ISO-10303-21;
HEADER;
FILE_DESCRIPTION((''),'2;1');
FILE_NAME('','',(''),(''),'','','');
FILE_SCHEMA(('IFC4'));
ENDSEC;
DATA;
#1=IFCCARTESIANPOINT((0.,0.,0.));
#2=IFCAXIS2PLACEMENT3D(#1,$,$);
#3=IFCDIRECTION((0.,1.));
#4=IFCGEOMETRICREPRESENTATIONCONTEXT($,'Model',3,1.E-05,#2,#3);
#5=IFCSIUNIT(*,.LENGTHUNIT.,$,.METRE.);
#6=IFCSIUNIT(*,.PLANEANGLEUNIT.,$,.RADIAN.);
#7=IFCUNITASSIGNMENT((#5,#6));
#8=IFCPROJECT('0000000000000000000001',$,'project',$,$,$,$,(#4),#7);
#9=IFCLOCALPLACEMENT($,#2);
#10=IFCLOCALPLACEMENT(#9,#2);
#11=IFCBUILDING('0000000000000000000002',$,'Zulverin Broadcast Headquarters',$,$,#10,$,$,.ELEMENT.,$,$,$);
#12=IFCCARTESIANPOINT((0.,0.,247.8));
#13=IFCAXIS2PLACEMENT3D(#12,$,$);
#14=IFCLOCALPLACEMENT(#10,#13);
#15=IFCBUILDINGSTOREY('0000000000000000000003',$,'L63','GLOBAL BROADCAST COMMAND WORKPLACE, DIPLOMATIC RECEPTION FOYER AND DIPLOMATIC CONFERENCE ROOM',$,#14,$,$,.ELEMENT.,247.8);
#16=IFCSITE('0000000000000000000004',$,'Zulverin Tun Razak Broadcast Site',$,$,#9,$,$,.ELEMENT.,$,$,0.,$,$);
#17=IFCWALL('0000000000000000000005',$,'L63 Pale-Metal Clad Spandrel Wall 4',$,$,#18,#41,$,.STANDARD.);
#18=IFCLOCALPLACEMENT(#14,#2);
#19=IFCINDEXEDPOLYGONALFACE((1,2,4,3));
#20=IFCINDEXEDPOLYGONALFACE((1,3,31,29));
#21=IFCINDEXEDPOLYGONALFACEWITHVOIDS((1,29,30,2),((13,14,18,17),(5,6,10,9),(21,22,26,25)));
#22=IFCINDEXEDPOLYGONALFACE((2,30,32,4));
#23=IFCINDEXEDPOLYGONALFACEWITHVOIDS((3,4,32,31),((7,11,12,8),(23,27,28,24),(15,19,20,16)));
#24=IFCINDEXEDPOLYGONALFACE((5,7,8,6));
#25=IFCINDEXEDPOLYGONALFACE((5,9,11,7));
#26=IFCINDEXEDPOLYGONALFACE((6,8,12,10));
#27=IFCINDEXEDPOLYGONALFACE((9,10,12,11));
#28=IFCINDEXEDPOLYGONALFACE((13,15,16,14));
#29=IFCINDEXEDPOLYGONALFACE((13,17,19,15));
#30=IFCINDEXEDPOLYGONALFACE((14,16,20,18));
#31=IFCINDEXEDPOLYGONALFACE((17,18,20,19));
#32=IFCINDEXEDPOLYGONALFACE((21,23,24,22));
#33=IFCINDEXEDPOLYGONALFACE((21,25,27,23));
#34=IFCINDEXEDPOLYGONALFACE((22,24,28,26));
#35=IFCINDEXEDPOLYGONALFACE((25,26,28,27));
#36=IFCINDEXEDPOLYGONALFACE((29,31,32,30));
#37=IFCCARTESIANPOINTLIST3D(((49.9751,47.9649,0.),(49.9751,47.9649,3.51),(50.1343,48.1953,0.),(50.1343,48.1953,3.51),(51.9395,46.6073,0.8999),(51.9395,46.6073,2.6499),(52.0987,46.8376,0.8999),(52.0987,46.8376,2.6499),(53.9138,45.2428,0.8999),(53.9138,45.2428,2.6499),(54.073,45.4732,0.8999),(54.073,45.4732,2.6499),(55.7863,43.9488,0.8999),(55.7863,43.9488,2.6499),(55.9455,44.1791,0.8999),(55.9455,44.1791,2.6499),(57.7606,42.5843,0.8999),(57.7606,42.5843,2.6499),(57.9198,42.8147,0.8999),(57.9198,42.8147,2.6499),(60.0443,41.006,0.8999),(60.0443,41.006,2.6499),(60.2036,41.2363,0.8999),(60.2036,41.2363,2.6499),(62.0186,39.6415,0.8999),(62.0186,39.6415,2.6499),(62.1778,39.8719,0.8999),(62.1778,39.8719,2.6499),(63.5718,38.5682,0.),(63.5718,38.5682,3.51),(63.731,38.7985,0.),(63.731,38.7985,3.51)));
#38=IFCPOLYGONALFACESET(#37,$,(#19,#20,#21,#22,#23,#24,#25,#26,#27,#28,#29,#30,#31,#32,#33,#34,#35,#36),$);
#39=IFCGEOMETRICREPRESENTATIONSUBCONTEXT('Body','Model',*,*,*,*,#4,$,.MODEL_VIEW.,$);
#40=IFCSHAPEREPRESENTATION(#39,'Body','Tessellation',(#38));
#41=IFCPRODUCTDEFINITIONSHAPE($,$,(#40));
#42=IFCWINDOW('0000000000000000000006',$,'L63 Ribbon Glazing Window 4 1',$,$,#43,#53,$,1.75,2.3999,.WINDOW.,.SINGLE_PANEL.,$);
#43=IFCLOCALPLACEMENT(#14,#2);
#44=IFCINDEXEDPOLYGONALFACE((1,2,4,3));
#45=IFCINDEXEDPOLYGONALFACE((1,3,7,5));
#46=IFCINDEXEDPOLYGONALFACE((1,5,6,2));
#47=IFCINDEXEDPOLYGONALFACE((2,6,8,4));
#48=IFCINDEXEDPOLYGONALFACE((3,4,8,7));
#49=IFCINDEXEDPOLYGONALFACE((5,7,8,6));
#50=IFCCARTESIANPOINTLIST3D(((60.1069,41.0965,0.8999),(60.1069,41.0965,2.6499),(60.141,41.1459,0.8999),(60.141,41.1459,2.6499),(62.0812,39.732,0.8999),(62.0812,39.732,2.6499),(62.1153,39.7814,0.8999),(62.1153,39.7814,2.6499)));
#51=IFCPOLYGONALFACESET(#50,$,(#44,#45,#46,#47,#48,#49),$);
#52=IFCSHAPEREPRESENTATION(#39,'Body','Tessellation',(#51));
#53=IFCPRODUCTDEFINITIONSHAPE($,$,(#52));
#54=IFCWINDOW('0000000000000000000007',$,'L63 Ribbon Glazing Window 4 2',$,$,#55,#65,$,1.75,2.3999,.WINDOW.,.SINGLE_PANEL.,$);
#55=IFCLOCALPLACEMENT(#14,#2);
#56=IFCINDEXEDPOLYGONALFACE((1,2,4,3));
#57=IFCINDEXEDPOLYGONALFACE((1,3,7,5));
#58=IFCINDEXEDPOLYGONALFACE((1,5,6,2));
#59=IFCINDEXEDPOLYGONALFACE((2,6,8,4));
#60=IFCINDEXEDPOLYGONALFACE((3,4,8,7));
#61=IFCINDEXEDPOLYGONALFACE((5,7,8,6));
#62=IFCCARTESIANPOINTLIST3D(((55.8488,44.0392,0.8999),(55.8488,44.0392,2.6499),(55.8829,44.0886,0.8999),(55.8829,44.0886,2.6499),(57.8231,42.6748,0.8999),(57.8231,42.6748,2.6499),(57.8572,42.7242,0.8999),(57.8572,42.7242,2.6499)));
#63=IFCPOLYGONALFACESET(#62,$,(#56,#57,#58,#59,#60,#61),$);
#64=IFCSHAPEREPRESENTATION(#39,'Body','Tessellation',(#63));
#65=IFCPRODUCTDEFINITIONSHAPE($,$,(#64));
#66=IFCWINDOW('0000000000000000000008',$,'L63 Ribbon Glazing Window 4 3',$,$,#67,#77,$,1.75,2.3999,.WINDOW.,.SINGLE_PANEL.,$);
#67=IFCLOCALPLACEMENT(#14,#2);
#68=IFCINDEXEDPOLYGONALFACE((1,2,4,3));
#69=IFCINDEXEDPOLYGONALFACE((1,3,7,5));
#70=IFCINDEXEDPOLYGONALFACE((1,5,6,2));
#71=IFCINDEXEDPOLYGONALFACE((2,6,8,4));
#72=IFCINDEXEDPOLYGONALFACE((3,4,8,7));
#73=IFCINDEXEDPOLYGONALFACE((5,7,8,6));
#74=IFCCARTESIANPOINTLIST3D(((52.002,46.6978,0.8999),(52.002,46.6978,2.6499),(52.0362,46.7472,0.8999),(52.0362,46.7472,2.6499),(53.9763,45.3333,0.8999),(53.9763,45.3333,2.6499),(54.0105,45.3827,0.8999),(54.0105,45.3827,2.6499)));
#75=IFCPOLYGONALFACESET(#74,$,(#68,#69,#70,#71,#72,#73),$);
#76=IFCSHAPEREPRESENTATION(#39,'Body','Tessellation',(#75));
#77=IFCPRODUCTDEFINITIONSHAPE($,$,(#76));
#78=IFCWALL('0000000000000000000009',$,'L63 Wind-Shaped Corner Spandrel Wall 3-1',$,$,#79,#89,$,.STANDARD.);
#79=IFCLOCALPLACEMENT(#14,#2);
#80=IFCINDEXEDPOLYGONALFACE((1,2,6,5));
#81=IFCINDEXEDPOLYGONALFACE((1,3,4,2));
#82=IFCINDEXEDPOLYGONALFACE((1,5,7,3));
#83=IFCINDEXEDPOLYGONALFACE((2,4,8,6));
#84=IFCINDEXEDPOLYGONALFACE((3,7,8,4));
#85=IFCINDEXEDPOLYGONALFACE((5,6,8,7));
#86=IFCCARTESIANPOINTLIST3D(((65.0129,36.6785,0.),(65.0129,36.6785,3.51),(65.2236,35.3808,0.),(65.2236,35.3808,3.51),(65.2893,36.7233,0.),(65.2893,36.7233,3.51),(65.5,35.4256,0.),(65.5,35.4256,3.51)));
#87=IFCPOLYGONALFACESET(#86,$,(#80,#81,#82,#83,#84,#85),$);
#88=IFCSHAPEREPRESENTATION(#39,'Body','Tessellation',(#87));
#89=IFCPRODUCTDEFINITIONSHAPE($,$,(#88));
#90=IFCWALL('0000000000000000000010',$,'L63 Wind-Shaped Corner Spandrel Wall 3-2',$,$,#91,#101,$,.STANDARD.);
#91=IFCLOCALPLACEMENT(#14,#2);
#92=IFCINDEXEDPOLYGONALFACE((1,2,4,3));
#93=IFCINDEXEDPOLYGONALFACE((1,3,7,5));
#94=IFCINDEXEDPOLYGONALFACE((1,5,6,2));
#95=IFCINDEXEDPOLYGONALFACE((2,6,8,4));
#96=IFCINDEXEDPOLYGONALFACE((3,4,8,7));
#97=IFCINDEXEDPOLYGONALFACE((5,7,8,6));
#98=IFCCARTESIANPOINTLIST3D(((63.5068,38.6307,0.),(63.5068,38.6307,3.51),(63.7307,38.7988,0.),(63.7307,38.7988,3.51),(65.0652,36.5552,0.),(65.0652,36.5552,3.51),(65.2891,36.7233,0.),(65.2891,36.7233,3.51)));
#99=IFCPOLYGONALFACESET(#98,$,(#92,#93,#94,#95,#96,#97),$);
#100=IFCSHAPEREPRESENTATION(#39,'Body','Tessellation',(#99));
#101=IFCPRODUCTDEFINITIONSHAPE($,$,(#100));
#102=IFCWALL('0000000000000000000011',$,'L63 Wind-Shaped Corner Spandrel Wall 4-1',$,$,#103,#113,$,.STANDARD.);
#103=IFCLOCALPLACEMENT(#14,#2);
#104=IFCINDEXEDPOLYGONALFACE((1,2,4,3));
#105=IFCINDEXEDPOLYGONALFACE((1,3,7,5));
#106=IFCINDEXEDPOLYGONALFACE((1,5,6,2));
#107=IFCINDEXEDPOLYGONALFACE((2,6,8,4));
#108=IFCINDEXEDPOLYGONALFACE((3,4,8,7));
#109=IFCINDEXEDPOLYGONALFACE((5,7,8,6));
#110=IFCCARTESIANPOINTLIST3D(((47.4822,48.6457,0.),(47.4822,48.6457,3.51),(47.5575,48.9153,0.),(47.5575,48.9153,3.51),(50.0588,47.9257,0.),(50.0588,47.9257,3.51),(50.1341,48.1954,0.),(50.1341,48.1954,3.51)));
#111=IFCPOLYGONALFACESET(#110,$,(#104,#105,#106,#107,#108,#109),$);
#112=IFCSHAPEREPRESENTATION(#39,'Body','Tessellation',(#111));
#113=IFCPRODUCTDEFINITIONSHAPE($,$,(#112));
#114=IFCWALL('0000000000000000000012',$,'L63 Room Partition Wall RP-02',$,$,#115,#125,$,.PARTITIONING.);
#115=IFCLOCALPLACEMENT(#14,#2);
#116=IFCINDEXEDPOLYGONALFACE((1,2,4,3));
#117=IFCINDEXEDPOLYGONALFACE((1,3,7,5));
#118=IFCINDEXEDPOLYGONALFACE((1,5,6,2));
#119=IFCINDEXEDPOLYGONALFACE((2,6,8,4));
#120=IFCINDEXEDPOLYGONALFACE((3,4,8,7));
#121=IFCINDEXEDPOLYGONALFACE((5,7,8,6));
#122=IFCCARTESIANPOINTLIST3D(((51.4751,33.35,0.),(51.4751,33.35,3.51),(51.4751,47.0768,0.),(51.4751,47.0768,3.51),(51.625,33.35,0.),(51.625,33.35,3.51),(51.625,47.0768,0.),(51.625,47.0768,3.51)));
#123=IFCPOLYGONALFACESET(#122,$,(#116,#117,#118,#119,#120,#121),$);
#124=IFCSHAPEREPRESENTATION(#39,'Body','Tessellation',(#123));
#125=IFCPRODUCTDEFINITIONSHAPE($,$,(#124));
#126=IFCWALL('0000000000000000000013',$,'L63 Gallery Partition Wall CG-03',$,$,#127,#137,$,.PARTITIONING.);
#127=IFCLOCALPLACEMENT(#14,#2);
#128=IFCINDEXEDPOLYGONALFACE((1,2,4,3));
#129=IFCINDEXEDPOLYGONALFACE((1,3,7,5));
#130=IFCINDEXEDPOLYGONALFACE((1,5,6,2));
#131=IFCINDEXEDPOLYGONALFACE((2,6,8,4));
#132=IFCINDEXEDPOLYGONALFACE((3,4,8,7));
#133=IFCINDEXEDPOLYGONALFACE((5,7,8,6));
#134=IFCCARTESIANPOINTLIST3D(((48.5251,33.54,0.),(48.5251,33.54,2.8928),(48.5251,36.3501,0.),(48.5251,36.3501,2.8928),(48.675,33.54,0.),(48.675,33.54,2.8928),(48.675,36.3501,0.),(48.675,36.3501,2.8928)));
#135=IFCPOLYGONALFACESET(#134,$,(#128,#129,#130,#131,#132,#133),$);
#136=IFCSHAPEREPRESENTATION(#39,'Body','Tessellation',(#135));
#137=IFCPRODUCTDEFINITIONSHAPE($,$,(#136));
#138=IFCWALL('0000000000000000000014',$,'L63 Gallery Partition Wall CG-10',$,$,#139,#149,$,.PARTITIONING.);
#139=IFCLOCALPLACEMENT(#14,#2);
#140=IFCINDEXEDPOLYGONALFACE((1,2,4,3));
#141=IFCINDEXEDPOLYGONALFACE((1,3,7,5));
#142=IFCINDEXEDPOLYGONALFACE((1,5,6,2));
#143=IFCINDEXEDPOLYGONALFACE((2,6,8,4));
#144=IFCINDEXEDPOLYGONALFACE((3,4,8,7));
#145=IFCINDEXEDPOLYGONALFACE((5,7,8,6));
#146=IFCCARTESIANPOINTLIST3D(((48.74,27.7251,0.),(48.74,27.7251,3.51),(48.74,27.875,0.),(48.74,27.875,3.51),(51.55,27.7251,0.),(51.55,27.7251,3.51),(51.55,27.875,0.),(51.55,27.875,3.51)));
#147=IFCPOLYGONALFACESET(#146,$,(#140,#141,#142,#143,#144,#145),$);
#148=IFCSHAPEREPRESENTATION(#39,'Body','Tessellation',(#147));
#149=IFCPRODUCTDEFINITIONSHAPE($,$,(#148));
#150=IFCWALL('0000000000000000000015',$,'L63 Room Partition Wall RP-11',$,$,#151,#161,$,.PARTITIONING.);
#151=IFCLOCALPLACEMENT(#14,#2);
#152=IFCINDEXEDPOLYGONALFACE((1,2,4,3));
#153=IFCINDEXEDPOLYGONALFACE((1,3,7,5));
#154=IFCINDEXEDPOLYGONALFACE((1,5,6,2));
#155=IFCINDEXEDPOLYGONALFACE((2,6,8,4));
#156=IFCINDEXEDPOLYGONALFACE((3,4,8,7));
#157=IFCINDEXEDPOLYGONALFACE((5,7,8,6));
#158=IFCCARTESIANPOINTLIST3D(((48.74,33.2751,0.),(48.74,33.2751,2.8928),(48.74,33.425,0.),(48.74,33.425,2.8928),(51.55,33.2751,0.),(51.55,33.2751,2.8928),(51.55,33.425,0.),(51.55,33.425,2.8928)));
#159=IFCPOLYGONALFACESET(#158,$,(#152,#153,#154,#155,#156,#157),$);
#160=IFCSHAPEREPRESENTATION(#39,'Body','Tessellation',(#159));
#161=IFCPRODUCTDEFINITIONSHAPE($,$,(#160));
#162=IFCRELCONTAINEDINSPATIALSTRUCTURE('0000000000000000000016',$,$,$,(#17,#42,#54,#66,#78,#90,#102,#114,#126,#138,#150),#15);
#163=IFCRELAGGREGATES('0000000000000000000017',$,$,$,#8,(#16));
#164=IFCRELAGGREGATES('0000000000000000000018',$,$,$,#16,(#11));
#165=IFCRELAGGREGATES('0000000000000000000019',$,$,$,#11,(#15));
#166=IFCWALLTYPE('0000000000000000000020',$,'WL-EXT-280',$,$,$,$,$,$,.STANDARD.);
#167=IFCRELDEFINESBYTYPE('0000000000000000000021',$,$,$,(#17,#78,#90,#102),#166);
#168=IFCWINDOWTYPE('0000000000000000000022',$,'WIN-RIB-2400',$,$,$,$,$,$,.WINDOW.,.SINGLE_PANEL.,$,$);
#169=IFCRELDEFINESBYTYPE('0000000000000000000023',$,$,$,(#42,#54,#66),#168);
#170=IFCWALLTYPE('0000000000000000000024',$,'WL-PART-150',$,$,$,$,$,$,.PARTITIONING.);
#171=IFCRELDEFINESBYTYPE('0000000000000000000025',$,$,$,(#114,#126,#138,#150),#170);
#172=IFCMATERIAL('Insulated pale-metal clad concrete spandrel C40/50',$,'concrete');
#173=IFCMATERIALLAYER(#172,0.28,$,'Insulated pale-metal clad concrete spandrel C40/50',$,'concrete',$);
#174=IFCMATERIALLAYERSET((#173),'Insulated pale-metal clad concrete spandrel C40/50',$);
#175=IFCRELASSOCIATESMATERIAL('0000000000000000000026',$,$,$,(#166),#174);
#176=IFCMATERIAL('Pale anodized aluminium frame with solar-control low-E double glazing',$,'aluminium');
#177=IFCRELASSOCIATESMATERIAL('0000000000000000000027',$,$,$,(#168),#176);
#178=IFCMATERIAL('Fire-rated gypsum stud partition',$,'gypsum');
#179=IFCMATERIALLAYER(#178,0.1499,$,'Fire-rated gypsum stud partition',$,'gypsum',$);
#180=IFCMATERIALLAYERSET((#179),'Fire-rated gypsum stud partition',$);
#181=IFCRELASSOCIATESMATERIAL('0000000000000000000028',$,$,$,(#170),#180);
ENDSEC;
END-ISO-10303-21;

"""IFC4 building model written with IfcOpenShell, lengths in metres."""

from ifc_helpers import new_model, si_unit, direction, frame, frame_2d, origin, place, context, subcontext, project, spatial, rectangle, extrude, material, layer, layer_set, type_object, element, fill, save


model = new_model("IFC4")

# Units and contexts
model_context = context("Model", 3, precision=1e-05, world=origin(), true_north=direction((0.0, 1.0)))
body_context = subcontext(model_context, "Body", "Model", "MODEL_VIEW")
ifc_project = project(units=[si_unit("LENGTHUNIT", "METRE"), si_unit("PLANEANGLEUNIT", "RADIAN")], contexts=[model_context])

# Site, building, storey
site_placement = place(None, origin())
site = spatial("IfcSite", under=ifc_project, at=site_placement, Name="Zulverin Tun Razak Broadcast Site", CompositionType="ELEMENT", RefElevation=0.0)
building_placement = place(site_placement, origin())
building = spatial("IfcBuilding", under=site, at=building_placement, Name="Zulverin Broadcast Headquarters", CompositionType="ELEMENT")
storey_placement = place(building_placement, frame((0.0, 0.0, 247.8)))
storey = spatial("IfcBuildingStorey", under=building, at=storey_placement, Name="L63", Description="GLOBAL BROADCAST COMMAND WORKPLACE, DIPLOMATIC RECEPTION FOYER AND DIPLOMATIC CONFERENCE ROOM", CompositionType="ELEMENT", Elevation=247.8)

# Wall, openings, windows
ifc_material_1 = material(Name="Insulated pale-metal clad concrete spandrel C40/50", Category="concrete")
ifc_layer_1 = layer(ifc_material_1, 0.28, Name="Insulated pale-metal clad concrete spandrel C40/50", Category="concrete")
ifc_layer_set_1 = layer_set([ifc_layer_1], Name="Insulated pale-metal clad concrete spandrel C40/50")
wall_type_1 = type_object("IfcWallType", Name="WL-EXT-280", PredefinedType="STANDARD", material=ifc_layer_set_1)
wall_1_placement = place(storey_placement, frame((63.6514, 38.6833, 0.0), z_axis=(0.0, 0.0, 1.0), x_axis=(-0.822655, 0.568541, 0.0)))
wall_1 = element("IfcWall", 1, at=wall_1_placement, inside=storey, type_object=wall_type_1, Name="L63 Pale-Metal Clad Spandrel Wall 4", PredefinedType="STANDARD", context=body_context, shape_type="SweptSolid", body=[
    extrude(rectangle(XDim=16.5278, YDim=0.28, at=frame_2d((8.2639, 0.0))), origin(), (0.0, 0.0, 1.0), 3.51),
])
opening_1_placement = place(wall_1_placement, frame((1.8879, 0.0, 0.8999)))
opening_1 = element("IfcOpeningElement", 2, at=opening_1_placement, cuts=wall_1, PredefinedType="OPENING", context=body_context, shape_type="SweptSolid", body=[
    extrude(rectangle(XDim=2.3999, YDim=1.75, at=frame_2d((1.2, 0.875))), frame((0.0, 0.1499, 0.0), z_axis=(0.0, -1.0, 0.0), x_axis=(1.0, 0.0, 0.0)), (0.0, 0.0, 1.0), 0.3),
])
opening_2_placement = place(wall_1_placement, frame((7.064, 0.0, 0.8999)))
opening_2 = element("IfcOpeningElement", 3, at=opening_2_placement, cuts=wall_1, PredefinedType="OPENING", context=body_context, shape_type="SweptSolid", body=[
    extrude(rectangle(XDim=2.3999, YDim=1.75, at=frame_2d((1.2, 0.875))), frame((0.0, 0.1499, 0.0), z_axis=(0.0, -1.0, 0.0), x_axis=(1.0, 0.0, 0.0)), (0.0, 0.0, 1.0), 0.3),
])
opening_3_placement = place(wall_1_placement, frame((11.74, 0.0, 0.8999)))
opening_3 = element("IfcOpeningElement", 4, at=opening_3_placement, cuts=wall_1, PredefinedType="OPENING", context=body_context, shape_type="SweptSolid", body=[
    extrude(rectangle(XDim=2.3999, YDim=1.75, at=frame_2d((1.2, 0.875))), frame((0.0, 0.1499, 0.0), z_axis=(0.0, -1.0, 0.0), x_axis=(1.0, 0.0, 0.0)), (0.0, 0.0, 1.0), 0.3),
])
ifc_material_2 = material(Name="Pale anodized aluminium frame with solar-control low-E double glazing", Category="aluminium")
window_type = type_object("IfcWindowType", Name="WIN-RIB-2400", PartitioningType="SINGLE_PANEL", PredefinedType="WINDOW", material=ifc_material_2)
window_1_placement = place(opening_1_placement, origin())
window_1 = element("IfcWindow", 5, at=window_1_placement, inside=storey, type_object=window_type, Name="L63 Ribbon Glazing Window 4 1", OverallHeight=1.75, OverallWidth=2.3999, PartitioningType="SINGLE_PANEL", PredefinedType="WINDOW", context=body_context, shape_type="SweptSolid", body=[
    extrude(rectangle(XDim=2.3999, YDim=1.75, at=frame_2d((1.2, 0.875))), frame((0.0, 0.03, 0.0), z_axis=(0.0, -1.0, 0.0), x_axis=(1.0, 0.0, 0.0)), (0.0, 0.0, 1.0), 0.0601),
])
fill(opening_1, window_1)
window_2_placement = place(opening_2_placement, origin())
window_2 = element("IfcWindow", 6, at=window_2_placement, inside=storey, type_object=window_type, Name="L63 Ribbon Glazing Window 4 2", OverallHeight=1.75, OverallWidth=2.3999, PartitioningType="SINGLE_PANEL", PredefinedType="WINDOW", context=body_context, shape_type="SweptSolid", body=[
    extrude(rectangle(XDim=2.3999, YDim=1.75, at=frame_2d((1.2, 0.875))), frame((0.0, 0.03, 0.0), z_axis=(0.0, -1.0, 0.0), x_axis=(1.0, 0.0, 0.0)), (0.0, 0.0, 1.0), 0.0601),
])
fill(opening_2, window_2)
window_3_placement = place(opening_3_placement, origin())
window_3 = element("IfcWindow", 7, at=window_3_placement, inside=storey, type_object=window_type, Name="L63 Ribbon Glazing Window 4 3", OverallHeight=1.75, OverallWidth=2.3999, PartitioningType="SINGLE_PANEL", PredefinedType="WINDOW", context=body_context, shape_type="SweptSolid", body=[
    extrude(rectangle(XDim=2.3999, YDim=1.75, at=frame_2d((1.2, 0.875))), frame((0.0, 0.03, 0.0), z_axis=(0.0, -1.0, 0.0), x_axis=(1.0, 0.0, 0.0)), (0.0, 0.0, 1.0), 0.0601),
])
fill(opening_3, window_3)

# Walls
wall_2_placement = place(storey_placement, frame((65.3618, 35.4033, 0.0), z_axis=(0.0, 0.0, 1.0), x_axis=(-0.160272, 0.987073, 0.0)))
element("IfcWall", 8, at=wall_2_placement, inside=storey, type_object=wall_type_1, Name="L63 Wind-Shaped Corner Spandrel Wall 3-1", PredefinedType="STANDARD", context=body_context, shape_type="SweptSolid", body=[
    extrude(rectangle(XDim=1.3147, YDim=0.28, at=frame_2d((0.6572, 0.0))), origin(), (0.0, 0.0, 1.0), 3.51),
])
wall_3_placement = place(storey_placement, frame((65.1772, 36.6392, 0.0), z_axis=(0.0, 0.0, 1.0), x_axis=(-0.600436, 0.799673, 0.0)))
element("IfcWall", 9, at=wall_3_placement, inside=storey, type_object=wall_type_1, Name="L63 Wind-Shaped Corner Spandrel Wall 3-2", PredefinedType="STANDARD", context=body_context, shape_type="SweptSolid", body=[
    extrude(rectangle(XDim=2.5955, YDim=0.28, at=frame_2d((1.2979, 0.0))), origin(), (0.0, 0.0, 1.0), 3.51),
])
wall_4_placement = place(storey_placement, frame((50.0964, 48.0605, 0.0), z_axis=(0.0, 0.0, 1.0), x_axis=(-0.963109, 0.269112, 0.0)))
element("IfcWall", 10, at=wall_4_placement, inside=storey, type_object=wall_type_1, Name="L63 Wind-Shaped Corner Spandrel Wall 4-1", PredefinedType="STANDARD", context=body_context, shape_type="SweptSolid", body=[
    extrude(rectangle(XDim=2.6753, YDim=0.28, at=frame_2d((1.3376, 0.0))), origin(), (0.0, 0.0, 1.0), 3.51),
])
ifc_material_3 = material(Name="Fire-rated gypsum stud partition", Category="gypsum")
ifc_layer_2 = layer(ifc_material_3, 0.1499, Name="Fire-rated gypsum stud partition", Category="gypsum")
ifc_layer_set_2 = layer_set([ifc_layer_2], Name="Fire-rated gypsum stud partition")
wall_type_2 = type_object("IfcWallType", Name="WL-PART-150", PredefinedType="PARTITIONING", material=ifc_layer_set_2)
wall_5_placement = place(storey_placement, frame((51.55, 33.3501, 0.0), z_axis=(0.0, 0.0, 1.0), x_axis=(0.0, 1.0, 0.0)))
element("IfcWall", 11, at=wall_5_placement, inside=storey, type_object=wall_type_2, Name="L63 Room Partition Wall RP-02", PredefinedType="PARTITIONING", context=body_context, shape_type="SweptSolid", body=[
    extrude(rectangle(XDim=13.7268, YDim=0.1499, at=frame_2d((6.8633, 0.0))), origin(), (0.0, 0.0, 1.0), 3.51),
])
wall_6_placement = place(storey_placement, frame((48.6001, 33.54, 0.0), z_axis=(0.0, 0.0, 1.0), x_axis=(0.0, 1.0, 0.0)))
element("IfcWall", 12, at=wall_6_placement, inside=storey, type_object=wall_type_2, Name="L63 Gallery Partition Wall CG-03", PredefinedType="PARTITIONING", context=body_context, shape_type="SweptSolid", body=[
    extrude(rectangle(XDim=2.8101, YDim=0.1499, at=frame_2d((1.405, 0.0))), origin(), (0.0, 0.0, 1.0), 2.8928),
])
wall_7_placement = place(storey_placement, frame((48.74, 27.8, 0.0), z_axis=(0.0, 0.0, 1.0), x_axis=(1.0, 0.0, 0.0)))
element("IfcWall", 13, at=wall_7_placement, inside=storey, type_object=wall_type_2, Name="L63 Gallery Partition Wall CG-10", PredefinedType="PARTITIONING", context=body_context, shape_type="SweptSolid", body=[
    extrude(rectangle(XDim=2.8101, YDim=0.1499, at=frame_2d((1.405, 0.0))), origin(), (0.0, 0.0, 1.0), 3.51),
])
wall_8_placement = place(storey_placement, frame((48.74, 33.3501, 0.0), z_axis=(0.0, 0.0, 1.0), x_axis=(1.0, 0.0, 0.0)))
element("IfcWall", 14, at=wall_8_placement, inside=storey, type_object=wall_type_2, Name="L63 Room Partition Wall RP-11", PredefinedType="PARTITIONING", context=body_context, shape_type="SweptSolid", body=[
    extrude(rectangle(XDim=2.8101, YDim=0.1499, at=frame_2d((1.405, 0.0))), origin(), (0.0, 0.0, 1.0), 2.8928),
])

save(model, "model.ifc")
